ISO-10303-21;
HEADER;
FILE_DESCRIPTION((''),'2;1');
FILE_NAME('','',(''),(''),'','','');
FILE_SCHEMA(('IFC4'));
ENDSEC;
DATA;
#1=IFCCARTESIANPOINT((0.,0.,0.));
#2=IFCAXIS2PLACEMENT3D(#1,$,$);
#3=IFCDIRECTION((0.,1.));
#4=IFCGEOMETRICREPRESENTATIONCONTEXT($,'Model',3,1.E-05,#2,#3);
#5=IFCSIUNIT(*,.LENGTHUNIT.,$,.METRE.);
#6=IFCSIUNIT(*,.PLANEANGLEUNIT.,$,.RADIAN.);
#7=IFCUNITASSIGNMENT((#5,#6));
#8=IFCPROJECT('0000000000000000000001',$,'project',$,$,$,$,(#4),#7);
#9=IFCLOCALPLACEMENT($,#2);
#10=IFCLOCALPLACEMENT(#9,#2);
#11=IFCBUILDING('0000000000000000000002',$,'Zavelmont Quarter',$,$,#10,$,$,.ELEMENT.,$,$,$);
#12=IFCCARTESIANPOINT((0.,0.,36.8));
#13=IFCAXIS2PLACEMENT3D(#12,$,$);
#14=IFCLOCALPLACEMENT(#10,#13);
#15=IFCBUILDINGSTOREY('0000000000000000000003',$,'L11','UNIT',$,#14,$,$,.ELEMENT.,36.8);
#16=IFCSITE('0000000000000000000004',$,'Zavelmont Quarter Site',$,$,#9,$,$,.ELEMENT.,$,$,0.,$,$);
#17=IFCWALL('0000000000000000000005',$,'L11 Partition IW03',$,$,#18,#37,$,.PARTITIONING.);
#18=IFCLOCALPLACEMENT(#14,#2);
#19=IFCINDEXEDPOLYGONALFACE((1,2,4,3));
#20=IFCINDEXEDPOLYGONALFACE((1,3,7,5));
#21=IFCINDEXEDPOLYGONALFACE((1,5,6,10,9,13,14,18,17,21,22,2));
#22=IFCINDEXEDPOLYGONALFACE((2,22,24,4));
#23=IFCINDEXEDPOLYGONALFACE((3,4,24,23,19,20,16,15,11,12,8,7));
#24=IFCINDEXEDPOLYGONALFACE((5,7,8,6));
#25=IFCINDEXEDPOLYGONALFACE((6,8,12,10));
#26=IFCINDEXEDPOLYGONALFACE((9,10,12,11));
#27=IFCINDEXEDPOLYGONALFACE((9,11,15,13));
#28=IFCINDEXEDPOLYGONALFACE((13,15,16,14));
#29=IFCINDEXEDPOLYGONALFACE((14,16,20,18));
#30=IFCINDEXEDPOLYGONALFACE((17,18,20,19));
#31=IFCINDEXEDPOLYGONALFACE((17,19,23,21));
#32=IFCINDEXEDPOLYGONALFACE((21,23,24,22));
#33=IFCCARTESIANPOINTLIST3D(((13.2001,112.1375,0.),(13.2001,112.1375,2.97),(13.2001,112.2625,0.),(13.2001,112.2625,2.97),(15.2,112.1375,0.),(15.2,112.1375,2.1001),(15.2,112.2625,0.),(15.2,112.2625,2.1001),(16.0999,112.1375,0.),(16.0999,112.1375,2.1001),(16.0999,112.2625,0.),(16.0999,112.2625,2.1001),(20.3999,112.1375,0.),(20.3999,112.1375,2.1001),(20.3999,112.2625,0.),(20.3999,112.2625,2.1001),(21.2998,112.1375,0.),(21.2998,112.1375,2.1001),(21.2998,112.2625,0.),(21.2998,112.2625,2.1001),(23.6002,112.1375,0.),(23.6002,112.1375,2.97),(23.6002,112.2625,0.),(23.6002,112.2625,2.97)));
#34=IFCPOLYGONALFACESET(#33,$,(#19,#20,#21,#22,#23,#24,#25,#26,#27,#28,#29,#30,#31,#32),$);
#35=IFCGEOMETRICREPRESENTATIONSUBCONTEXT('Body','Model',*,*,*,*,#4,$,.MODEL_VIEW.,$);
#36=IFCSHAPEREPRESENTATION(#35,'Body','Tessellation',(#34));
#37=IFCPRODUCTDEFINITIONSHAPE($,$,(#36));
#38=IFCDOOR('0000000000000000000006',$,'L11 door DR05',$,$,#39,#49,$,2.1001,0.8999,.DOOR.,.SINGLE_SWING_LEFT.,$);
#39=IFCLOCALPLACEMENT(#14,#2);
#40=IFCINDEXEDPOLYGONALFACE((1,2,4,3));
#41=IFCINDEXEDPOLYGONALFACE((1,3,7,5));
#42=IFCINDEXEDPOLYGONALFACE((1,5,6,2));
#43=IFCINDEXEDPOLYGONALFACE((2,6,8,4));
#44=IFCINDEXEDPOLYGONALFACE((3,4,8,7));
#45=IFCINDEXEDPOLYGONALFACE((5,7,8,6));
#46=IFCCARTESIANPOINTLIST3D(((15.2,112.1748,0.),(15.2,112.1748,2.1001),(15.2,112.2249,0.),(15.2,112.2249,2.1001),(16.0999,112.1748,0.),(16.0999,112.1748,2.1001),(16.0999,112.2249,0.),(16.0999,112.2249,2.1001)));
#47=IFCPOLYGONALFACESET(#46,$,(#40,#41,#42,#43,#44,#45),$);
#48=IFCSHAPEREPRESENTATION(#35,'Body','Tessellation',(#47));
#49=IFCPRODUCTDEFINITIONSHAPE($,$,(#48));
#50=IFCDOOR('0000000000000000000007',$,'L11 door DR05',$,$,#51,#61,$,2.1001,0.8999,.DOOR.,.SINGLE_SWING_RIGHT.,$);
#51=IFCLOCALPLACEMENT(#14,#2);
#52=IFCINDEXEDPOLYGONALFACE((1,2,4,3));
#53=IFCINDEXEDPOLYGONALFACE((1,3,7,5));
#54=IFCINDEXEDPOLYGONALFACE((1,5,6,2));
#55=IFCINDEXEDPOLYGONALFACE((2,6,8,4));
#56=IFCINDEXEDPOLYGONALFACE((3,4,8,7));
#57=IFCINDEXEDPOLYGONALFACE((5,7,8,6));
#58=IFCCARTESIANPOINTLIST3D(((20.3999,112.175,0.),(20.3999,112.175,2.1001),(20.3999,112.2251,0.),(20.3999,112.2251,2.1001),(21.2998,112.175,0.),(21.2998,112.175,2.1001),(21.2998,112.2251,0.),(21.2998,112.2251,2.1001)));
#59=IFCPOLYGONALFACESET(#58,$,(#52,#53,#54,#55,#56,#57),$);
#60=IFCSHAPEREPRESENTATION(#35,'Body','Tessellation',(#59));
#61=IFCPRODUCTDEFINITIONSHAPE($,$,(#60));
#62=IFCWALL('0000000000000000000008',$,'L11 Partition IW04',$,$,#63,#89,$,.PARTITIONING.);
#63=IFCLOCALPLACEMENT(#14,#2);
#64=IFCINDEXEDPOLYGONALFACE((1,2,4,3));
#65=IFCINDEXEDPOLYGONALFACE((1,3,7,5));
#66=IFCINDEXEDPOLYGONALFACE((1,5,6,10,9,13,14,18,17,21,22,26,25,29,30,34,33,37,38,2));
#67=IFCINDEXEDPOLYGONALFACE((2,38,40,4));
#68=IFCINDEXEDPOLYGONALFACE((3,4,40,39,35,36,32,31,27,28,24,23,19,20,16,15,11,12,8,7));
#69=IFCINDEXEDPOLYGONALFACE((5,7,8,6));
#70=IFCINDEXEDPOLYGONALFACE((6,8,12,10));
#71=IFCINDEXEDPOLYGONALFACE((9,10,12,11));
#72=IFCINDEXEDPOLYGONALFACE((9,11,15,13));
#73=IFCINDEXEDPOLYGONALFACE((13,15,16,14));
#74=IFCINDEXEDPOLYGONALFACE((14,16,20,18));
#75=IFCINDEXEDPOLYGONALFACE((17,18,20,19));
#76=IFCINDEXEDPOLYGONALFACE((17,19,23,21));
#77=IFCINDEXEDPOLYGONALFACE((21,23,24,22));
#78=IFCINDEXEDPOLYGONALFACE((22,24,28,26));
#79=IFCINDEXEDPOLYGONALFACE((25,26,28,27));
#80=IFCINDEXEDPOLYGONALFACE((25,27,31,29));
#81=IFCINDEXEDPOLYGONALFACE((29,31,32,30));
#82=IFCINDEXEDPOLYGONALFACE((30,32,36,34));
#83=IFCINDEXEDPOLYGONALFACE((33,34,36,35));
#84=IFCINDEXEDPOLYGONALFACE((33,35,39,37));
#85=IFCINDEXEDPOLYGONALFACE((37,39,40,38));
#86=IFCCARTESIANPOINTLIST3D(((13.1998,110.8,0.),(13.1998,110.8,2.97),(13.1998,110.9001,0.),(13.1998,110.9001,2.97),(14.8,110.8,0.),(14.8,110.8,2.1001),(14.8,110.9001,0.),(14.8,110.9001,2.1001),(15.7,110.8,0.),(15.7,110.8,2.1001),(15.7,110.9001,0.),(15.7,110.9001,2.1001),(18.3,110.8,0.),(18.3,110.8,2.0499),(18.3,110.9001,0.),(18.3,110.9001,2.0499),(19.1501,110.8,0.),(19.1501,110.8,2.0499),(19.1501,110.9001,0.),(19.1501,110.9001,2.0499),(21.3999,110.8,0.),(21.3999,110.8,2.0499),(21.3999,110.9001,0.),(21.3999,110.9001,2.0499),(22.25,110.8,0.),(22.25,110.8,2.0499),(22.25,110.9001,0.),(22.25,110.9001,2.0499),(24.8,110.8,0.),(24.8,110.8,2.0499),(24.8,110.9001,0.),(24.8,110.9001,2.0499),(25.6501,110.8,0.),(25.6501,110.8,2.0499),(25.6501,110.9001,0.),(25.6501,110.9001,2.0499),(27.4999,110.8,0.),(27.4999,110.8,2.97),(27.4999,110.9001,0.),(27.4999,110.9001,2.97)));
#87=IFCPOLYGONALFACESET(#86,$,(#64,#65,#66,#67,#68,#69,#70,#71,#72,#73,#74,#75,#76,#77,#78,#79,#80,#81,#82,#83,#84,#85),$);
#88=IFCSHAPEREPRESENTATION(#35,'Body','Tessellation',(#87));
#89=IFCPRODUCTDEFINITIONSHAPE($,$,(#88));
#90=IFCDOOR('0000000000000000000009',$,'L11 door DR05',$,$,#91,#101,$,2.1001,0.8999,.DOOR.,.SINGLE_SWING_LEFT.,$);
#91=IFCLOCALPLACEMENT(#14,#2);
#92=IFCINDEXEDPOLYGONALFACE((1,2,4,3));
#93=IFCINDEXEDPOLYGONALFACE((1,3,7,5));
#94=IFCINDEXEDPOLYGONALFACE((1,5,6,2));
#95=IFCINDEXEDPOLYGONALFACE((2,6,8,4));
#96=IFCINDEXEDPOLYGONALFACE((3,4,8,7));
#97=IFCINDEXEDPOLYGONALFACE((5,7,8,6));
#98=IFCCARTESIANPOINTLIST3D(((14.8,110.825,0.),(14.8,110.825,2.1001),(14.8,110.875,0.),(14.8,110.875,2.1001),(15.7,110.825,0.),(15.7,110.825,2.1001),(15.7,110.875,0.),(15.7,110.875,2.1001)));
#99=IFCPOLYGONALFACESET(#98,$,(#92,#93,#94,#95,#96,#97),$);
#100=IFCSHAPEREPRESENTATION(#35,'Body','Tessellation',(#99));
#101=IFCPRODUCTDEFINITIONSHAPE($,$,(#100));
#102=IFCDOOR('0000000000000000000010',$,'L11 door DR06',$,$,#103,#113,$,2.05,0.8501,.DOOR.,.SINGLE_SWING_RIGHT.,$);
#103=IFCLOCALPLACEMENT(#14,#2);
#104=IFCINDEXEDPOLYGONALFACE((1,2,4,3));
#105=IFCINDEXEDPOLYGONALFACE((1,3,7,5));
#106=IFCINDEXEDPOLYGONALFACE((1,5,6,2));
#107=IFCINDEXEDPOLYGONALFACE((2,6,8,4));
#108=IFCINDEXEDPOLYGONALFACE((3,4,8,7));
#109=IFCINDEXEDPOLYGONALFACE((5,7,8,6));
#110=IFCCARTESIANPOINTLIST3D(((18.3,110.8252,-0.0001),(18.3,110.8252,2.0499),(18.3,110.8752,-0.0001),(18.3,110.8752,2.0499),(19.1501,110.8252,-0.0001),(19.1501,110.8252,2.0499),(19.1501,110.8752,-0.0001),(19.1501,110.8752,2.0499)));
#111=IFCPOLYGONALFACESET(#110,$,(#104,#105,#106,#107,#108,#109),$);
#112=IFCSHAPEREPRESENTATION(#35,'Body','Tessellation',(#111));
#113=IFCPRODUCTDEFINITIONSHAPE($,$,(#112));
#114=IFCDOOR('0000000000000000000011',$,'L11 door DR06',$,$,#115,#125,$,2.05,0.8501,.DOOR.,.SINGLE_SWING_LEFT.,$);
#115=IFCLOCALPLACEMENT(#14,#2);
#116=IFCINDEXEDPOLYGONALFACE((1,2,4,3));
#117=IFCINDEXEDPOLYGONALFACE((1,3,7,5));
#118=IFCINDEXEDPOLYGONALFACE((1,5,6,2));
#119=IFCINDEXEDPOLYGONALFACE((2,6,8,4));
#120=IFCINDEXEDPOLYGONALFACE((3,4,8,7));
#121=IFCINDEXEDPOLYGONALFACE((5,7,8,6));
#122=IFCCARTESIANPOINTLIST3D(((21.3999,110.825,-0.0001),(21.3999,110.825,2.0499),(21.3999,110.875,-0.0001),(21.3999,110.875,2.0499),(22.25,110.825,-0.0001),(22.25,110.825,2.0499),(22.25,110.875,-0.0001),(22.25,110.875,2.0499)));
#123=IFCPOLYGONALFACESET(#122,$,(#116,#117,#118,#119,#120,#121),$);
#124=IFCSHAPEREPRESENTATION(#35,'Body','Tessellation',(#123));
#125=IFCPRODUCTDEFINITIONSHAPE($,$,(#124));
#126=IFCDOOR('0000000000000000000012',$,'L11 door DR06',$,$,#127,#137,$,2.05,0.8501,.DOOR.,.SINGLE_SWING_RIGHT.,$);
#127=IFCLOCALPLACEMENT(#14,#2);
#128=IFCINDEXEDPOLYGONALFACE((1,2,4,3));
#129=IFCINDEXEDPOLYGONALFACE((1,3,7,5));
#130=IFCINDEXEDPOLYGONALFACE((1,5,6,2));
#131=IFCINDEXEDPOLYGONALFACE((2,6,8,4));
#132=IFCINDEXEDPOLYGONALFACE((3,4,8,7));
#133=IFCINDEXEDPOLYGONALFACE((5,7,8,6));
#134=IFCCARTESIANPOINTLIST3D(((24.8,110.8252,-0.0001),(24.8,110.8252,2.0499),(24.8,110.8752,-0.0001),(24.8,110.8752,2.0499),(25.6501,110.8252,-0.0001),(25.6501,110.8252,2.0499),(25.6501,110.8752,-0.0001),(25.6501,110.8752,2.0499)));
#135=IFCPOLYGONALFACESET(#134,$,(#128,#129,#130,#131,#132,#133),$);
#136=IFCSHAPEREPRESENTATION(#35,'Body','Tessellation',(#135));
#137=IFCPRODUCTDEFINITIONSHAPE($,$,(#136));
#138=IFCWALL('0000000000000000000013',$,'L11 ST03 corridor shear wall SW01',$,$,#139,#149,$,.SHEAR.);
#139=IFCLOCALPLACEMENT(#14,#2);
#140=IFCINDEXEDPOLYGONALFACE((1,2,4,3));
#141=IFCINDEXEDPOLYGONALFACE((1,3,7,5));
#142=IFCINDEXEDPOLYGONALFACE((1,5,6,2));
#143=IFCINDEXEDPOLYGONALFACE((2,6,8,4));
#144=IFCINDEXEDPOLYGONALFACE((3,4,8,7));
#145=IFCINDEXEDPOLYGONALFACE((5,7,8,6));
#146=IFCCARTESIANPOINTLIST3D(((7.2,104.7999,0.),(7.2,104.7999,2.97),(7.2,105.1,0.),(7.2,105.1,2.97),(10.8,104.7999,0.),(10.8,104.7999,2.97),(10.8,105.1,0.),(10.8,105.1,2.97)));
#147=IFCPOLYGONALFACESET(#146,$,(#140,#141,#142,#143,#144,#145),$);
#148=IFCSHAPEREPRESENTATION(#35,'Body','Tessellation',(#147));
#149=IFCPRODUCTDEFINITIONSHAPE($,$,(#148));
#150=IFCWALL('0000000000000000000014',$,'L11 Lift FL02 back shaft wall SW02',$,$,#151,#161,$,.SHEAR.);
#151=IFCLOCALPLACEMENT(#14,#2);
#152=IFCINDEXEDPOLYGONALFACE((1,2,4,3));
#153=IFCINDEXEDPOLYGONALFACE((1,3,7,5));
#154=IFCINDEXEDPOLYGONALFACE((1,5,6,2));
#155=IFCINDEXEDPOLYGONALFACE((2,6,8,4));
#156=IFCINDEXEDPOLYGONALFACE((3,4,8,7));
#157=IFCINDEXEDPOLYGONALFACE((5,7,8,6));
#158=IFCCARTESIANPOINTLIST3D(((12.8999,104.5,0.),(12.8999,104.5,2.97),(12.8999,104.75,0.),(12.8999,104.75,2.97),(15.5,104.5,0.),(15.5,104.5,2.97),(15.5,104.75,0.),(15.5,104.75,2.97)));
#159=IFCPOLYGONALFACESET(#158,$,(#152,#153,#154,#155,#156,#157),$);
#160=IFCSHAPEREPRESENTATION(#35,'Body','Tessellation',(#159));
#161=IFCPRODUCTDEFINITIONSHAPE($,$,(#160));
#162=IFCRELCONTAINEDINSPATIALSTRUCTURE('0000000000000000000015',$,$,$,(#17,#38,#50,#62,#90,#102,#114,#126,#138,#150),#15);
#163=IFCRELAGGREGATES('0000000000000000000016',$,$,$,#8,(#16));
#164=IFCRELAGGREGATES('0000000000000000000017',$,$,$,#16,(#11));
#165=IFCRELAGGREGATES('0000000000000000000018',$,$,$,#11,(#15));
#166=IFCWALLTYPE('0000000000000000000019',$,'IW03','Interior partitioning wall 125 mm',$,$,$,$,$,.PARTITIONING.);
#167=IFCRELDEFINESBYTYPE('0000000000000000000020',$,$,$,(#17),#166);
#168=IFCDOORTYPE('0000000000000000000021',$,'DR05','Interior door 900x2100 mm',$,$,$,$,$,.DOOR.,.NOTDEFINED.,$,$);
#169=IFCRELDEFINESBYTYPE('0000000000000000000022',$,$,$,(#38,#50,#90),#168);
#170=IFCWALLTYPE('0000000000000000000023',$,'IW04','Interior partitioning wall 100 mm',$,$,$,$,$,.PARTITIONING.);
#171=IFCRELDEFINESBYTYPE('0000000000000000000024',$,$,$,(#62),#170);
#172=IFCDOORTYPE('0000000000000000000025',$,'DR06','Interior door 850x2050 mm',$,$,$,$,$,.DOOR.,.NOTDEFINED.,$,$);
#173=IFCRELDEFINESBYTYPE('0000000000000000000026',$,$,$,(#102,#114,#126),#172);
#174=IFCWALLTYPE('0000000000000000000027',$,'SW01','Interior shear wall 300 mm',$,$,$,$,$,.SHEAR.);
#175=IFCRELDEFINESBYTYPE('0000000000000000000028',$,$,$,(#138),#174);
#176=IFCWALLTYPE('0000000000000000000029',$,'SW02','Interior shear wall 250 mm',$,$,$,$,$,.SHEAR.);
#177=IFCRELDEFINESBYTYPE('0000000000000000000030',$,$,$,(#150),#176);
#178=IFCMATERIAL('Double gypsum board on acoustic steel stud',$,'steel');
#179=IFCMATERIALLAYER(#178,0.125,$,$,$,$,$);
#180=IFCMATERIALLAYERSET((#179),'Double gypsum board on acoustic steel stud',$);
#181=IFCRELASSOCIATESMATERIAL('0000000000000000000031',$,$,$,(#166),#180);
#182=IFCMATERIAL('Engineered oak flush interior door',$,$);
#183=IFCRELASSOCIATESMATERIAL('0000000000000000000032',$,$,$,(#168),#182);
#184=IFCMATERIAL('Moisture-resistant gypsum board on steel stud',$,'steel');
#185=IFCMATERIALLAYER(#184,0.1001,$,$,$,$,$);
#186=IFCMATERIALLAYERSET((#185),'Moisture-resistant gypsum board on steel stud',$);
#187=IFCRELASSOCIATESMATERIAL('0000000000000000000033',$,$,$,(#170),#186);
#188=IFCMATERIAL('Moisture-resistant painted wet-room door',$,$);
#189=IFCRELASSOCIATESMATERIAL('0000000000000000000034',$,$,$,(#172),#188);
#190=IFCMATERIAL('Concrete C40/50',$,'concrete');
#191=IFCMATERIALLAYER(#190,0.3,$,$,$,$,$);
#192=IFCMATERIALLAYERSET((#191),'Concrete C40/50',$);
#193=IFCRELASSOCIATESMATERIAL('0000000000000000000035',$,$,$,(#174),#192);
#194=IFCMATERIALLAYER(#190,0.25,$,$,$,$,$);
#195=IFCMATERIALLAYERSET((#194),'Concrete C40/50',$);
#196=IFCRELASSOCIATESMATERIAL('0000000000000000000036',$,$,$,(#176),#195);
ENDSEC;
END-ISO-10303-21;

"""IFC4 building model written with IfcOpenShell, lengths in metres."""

from ifc_helpers import new_model, si_unit, direction, frame, frame_2d, origin, origin_with_axes, place, context, subcontext, project, spatial, rectangle, extrude, material, layer, layer_set, type_object, element, fill, save


model = new_model("IFC4")

# Units and contexts
model_context = context("Model", 3, precision=1e-05, world=origin(), true_north=direction((0.0, 1.0)))
body_context = subcontext(model_context, "Body", "Model", "MODEL_VIEW")
ifc_project = project(units=[si_unit("LENGTHUNIT", "METRE"), si_unit("PLANEANGLEUNIT", "RADIAN")], contexts=[model_context])

# Site, building, storey
site_placement = place(None, origin())
site = spatial("IfcSite", under=ifc_project, at=site_placement, Name="Zavelmont Quarter Site", CompositionType="ELEMENT", RefElevation=0.0)
building_placement = place(site_placement, origin())
building = spatial("IfcBuilding", under=site, at=building_placement, Name="Zavelmont Quarter", CompositionType="ELEMENT")
storey_placement = place(building_placement, frame((0.0, 0.0, 36.8)))
storey = spatial("IfcBuildingStorey", under=building, at=storey_placement, Name="L11", Description="UNIT", CompositionType="ELEMENT", Elevation=36.8)

# Shared definitions
ifc_material_1 = material(Name="Concrete C40/50", Category="concrete")

# Shared definitions
ifc_material_2 = material(Name="Double gypsum board on acoustic steel stud", Category="steel")
ifc_layer_1 = layer(ifc_material_2, 0.125)
ifc_layer_set_1 = layer_set([ifc_layer_1], Name="Double gypsum board on acoustic steel stud")
wall_type_1 = type_object("IfcWallType", Name="IW03", Description="Interior partitioning wall 125 mm", PredefinedType="PARTITIONING", material=ifc_layer_set_1)
ifc_material_3 = material(Name="Engineered oak flush interior door")
door_type_1 = type_object("IfcDoorType", Name="DR05", Description="Interior door 900x2100 mm", OperationType="NOTDEFINED", PredefinedType="DOOR", material=ifc_material_3)

# Walls, openings, doors
wall_1_placement = place(storey_placement, frame((13.2, 112.2, 0.0), z_axis=(0.0, 0.0, 1.0), x_axis=(1.0, 0.0, 0.0)))
wall_1 = element("IfcWall", 1, at=wall_1_placement, inside=storey, type_object=wall_type_1, Name="L11 Partition IW03", PredefinedType="PARTITIONING", context=body_context, shape_type="SweptSolid", body=[
    extrude(rectangle(XDim=10.4001, YDim=0.125, at=frame_2d((5.2002, 0.0))), origin(), (0.0, 0.0, 1.0), 2.97),
])
opening_1_placement = place(wall_1_placement, frame((2.0, 0.0, 0.0)))
opening_1 = element("IfcOpeningElement", 2, at=opening_1_placement, cuts=wall_1, PredefinedType="OPENING", context=body_context, shape_type="SweptSolid", body=[
    extrude(rectangle(XDim=0.8999, YDim=2.1001, at=frame_2d((0.45, 1.05))), frame((0.0, 0.0745, 0.0), z_axis=(0.0, -1.0, 0.0), x_axis=(1.0, 0.0, 0.0)), (0.0, 0.0, 1.0), 0.1489),
])
opening_2_placement = place(wall_1_placement, frame((7.2, 0.0, 0.0)))
opening_2 = element("IfcOpeningElement", 3, at=opening_2_placement, cuts=wall_1, PredefinedType="OPENING", context=body_context, shape_type="SweptSolid", body=[
    extrude(rectangle(XDim=0.8999, YDim=2.1001, at=frame_2d((0.45, 1.05))), frame((0.0, 0.0745, 0.0), z_axis=(0.0, -1.0, 0.0), x_axis=(1.0, 0.0, 0.0)), (0.0, 0.0, 1.0), 0.1489),
])
door_1_placement = place(opening_1_placement, origin_with_axes())
door_1 = element("IfcDoor", 4, at=door_1_placement, inside=storey, type_object=door_type_1, Name="L11 door DR05", OperationType="SINGLE_SWING_LEFT", OverallHeight=2.1001, OverallWidth=0.8999, PredefinedType="DOOR", context=body_context, shape_type="SweptSolid", body=[
    extrude(rectangle(XDim=0.8999, YDim=2.1001, at=frame_2d((0.45, 1.05))), frame((0.0, 0.0249, 0.0), z_axis=(0.0, -1.0, 0.0), x_axis=(1.0, 0.0, 0.0)), (0.0, 0.0, 1.0), 0.05),
])
fill(opening_1, door_1)
door_2_placement = place(opening_2_placement, frame((0.8999, 0.0, 0.0), z_axis=(0.0, 0.0, 1.0), x_axis=(-1.0, 0.0, 0.0)))
door_2 = element("IfcDoor", 5, at=door_2_placement, inside=storey, type_object=door_type_1, Name="L11 door DR05", OperationType="SINGLE_SWING_RIGHT", OverallHeight=2.1001, OverallWidth=0.8999, PredefinedType="DOOR", context=body_context, shape_type="SweptSolid", body=[
    extrude(rectangle(XDim=0.8999, YDim=2.1001, at=frame_2d((0.45, 1.05))), frame((0.0, 0.0249, 0.0), z_axis=(0.0, -1.0, 0.0), x_axis=(1.0, 0.0, 0.0)), (0.0, 0.0, 1.0), 0.05),
])
fill(opening_2, door_2)
ifc_material_4 = material(Name="Moisture-resistant gypsum board on steel stud", Category="steel")
ifc_layer_2 = layer(ifc_material_4, 0.1001)
ifc_layer_set_2 = layer_set([ifc_layer_2], Name="Moisture-resistant gypsum board on steel stud")
wall_type_2 = type_object("IfcWallType", Name="IW04", Description="Interior partitioning wall 100 mm", PredefinedType="PARTITIONING", material=ifc_layer_set_2)
wall_2_placement = place(storey_placement, frame((13.2, 110.8501, 0.0), z_axis=(0.0, 0.0, 1.0), x_axis=(1.0, 0.0, 0.0)))
wall_2 = element("IfcWall", 6, at=wall_2_placement, inside=storey, type_object=wall_type_2, Name="L11 Partition IW04", PredefinedType="PARTITIONING", context=body_context, shape_type="SweptSolid", body=[
    extrude(rectangle(XDim=14.3, YDim=0.1001, at=frame_2d((7.1499, 0.0))), origin(), (0.0, 0.0, 1.0), 2.97),
])
opening_3_placement = place(wall_2_placement, frame((1.6001, 0.0, 0.0)))
opening_3 = element("IfcOpeningElement", 7, at=opening_3_placement, cuts=wall_2, PredefinedType="OPENING", context=body_context, shape_type="SweptSolid", body=[
    extrude(rectangle(XDim=0.8999, YDim=2.1001, at=frame_2d((0.45, 1.05))), frame((0.0, 0.062, 0.0), z_axis=(0.0, -1.0, 0.0), x_axis=(1.0, 0.0, 0.0)), (0.0, 0.0, 1.0), 0.124),
])
opening_4_placement = place(wall_2_placement, frame((5.1001, 0.0, 0.0)))
opening_4 = element("IfcOpeningElement", 8, at=opening_4_placement, cuts=wall_2, PredefinedType="OPENING", context=body_context, shape_type="SweptSolid", body=[
    extrude(rectangle(XDim=0.8501, YDim=2.05, at=frame_2d((0.425, 1.0249))), frame((0.0, 0.062, 0.0), z_axis=(0.0, -1.0, 0.0), x_axis=(1.0, 0.0, 0.0)), (0.0, 0.0, 1.0), 0.124),
])
opening_5_placement = place(wall_2_placement, frame((8.2, 0.0, 0.0)))
opening_5 = element("IfcOpeningElement", 9, at=opening_5_placement, cuts=wall_2, PredefinedType="OPENING", context=body_context, shape_type="SweptSolid", body=[
    extrude(rectangle(XDim=0.8501, YDim=2.05, at=frame_2d((0.425, 1.0249))), frame((0.0, 0.062, 0.0), z_axis=(0.0, -1.0, 0.0), x_axis=(1.0, 0.0, 0.0)), (0.0, 0.0, 1.0), 0.124),
])
opening_6_placement = place(wall_2_placement, frame((11.6001, 0.0, 0.0)))
opening_6 = element("IfcOpeningElement", 10, at=opening_6_placement, cuts=wall_2, PredefinedType="OPENING", context=body_context, shape_type="SweptSolid", body=[
    extrude(rectangle(XDim=0.8501, YDim=2.05, at=frame_2d((0.425, 1.0249))), frame((0.0, 0.062, 0.0), z_axis=(0.0, -1.0, 0.0), x_axis=(1.0, 0.0, 0.0)), (0.0, 0.0, 1.0), 0.124),
])
door_3_placement = place(opening_3_placement, origin_with_axes())
door_3 = element("IfcDoor", 11, at=door_3_placement, inside=storey, type_object=door_type_1, Name="L11 door DR05", OperationType="SINGLE_SWING_LEFT", OverallHeight=2.1001, OverallWidth=0.8999, PredefinedType="DOOR", context=body_context, shape_type="SweptSolid", body=[
    extrude(rectangle(XDim=0.8999, YDim=2.1001, at=frame_2d((0.45, 1.05))), frame((0.0, 0.0249, 0.0), z_axis=(0.0, -1.0, 0.0), x_axis=(1.0, 0.0, 0.0)), (0.0, 0.0, 1.0), 0.05),
])
fill(opening_3, door_3)
ifc_material_5 = material(Name="Moisture-resistant painted wet-room door")
door_type_2 = type_object("IfcDoorType", Name="DR06", Description="Interior door 850x2050 mm", OperationType="NOTDEFINED", PredefinedType="DOOR", material=ifc_material_5)
door_4_placement = place(opening_4_placement, frame((0.8501, 0.0, 0.0), z_axis=(0.0, 0.0, 1.0), x_axis=(-1.0, 0.0, 0.0)))
door_4 = element("IfcDoor", 12, at=door_4_placement, inside=storey, type_object=door_type_2, Name="L11 door DR06", OperationType="SINGLE_SWING_RIGHT", OverallHeight=2.05, OverallWidth=0.8501, PredefinedType="DOOR", context=body_context, shape_type="SweptSolid", body=[
    extrude(rectangle(XDim=0.8501, YDim=2.05, at=frame_2d((0.425, 1.0249))), frame((0.0, 0.0249, 0.0), z_axis=(0.0, -1.0, 0.0), x_axis=(1.0, 0.0, 0.0)), (0.0, 0.0, 1.0), 0.05),
])
fill(opening_4, door_4)
door_5_placement = place(opening_5_placement, origin_with_axes())
door_5 = element("IfcDoor", 13, at=door_5_placement, inside=storey, type_object=door_type_2, Name="L11 door DR06", OperationType="SINGLE_SWING_LEFT", OverallHeight=2.05, OverallWidth=0.8501, PredefinedType="DOOR", context=body_context, shape_type="SweptSolid", body=[
    extrude(rectangle(XDim=0.8501, YDim=2.05, at=frame_2d((0.425, 1.0249))), frame((0.0, 0.0249, 0.0), z_axis=(0.0, -1.0, 0.0), x_axis=(1.0, 0.0, 0.0)), (0.0, 0.0, 1.0), 0.05),
])
fill(opening_5, door_5)
door_6_placement = place(opening_6_placement, frame((0.8501, 0.0, 0.0), z_axis=(0.0, 0.0, 1.0), x_axis=(-1.0, 0.0, 0.0)))
door_6 = element("IfcDoor", 14, at=door_6_placement, inside=storey, type_object=door_type_2, Name="L11 door DR06", OperationType="SINGLE_SWING_RIGHT", OverallHeight=2.05, OverallWidth=0.8501, PredefinedType="DOOR", context=body_context, shape_type="SweptSolid", body=[
    extrude(rectangle(XDim=0.8501, YDim=2.05, at=frame_2d((0.425, 1.0249))), frame((0.0, 0.0249, 0.0), z_axis=(0.0, -1.0, 0.0), x_axis=(1.0, 0.0, 0.0)), (0.0, 0.0, 1.0), 0.05),
])
fill(opening_6, door_6)

# Walls
ifc_layer_3 = layer(ifc_material_1, 0.3)
ifc_layer_set_3 = layer_set([ifc_layer_3], Name="Concrete C40/50")
wall_type_3 = type_object("IfcWallType", Name="SW01", Description="Interior shear wall 300 mm", PredefinedType="SHEAR", material=ifc_layer_set_3)
wall_3_placement = place(storey_placement, frame((7.2, 104.95, 0.0), z_axis=(0.0, 0.0, 1.0), x_axis=(1.0, 0.0, 0.0)))
element("IfcWall", 15, at=wall_3_placement, inside=storey, type_object=wall_type_3, Name="L11 ST03 corridor shear wall SW01", PredefinedType="SHEAR", context=body_context, shape_type="SweptSolid", body=[
    extrude(rectangle(XDim=3.6001, YDim=0.3, at=frame_2d((1.8, 0.0))), origin(), (0.0, 0.0, 1.0), 2.97),
])
ifc_layer_4 = layer(ifc_material_1, 0.25)
ifc_layer_set_4 = layer_set([ifc_layer_4], Name="Concrete C40/50")
wall_type_4 = type_object("IfcWallType", Name="SW02", Description="Interior shear wall 250 mm", PredefinedType="SHEAR", material=ifc_layer_set_4)
wall_4_placement = place(storey_placement, frame((12.8999, 104.625, 0.0), z_axis=(0.0, 0.0, 1.0), x_axis=(1.0, 0.0, 0.0)))
element("IfcWall", 16, at=wall_4_placement, inside=storey, type_object=wall_type_4, Name="L11 Lift FL02 back shaft wall SW02", PredefinedType="SHEAR", context=body_context, shape_type="SweptSolid", body=[
    extrude(rectangle(XDim=2.6001, YDim=0.25, at=frame_2d((1.3, 0.0))), origin(), (0.0, 0.0, 1.0), 2.97),
])

save(model, "model.ifc")
